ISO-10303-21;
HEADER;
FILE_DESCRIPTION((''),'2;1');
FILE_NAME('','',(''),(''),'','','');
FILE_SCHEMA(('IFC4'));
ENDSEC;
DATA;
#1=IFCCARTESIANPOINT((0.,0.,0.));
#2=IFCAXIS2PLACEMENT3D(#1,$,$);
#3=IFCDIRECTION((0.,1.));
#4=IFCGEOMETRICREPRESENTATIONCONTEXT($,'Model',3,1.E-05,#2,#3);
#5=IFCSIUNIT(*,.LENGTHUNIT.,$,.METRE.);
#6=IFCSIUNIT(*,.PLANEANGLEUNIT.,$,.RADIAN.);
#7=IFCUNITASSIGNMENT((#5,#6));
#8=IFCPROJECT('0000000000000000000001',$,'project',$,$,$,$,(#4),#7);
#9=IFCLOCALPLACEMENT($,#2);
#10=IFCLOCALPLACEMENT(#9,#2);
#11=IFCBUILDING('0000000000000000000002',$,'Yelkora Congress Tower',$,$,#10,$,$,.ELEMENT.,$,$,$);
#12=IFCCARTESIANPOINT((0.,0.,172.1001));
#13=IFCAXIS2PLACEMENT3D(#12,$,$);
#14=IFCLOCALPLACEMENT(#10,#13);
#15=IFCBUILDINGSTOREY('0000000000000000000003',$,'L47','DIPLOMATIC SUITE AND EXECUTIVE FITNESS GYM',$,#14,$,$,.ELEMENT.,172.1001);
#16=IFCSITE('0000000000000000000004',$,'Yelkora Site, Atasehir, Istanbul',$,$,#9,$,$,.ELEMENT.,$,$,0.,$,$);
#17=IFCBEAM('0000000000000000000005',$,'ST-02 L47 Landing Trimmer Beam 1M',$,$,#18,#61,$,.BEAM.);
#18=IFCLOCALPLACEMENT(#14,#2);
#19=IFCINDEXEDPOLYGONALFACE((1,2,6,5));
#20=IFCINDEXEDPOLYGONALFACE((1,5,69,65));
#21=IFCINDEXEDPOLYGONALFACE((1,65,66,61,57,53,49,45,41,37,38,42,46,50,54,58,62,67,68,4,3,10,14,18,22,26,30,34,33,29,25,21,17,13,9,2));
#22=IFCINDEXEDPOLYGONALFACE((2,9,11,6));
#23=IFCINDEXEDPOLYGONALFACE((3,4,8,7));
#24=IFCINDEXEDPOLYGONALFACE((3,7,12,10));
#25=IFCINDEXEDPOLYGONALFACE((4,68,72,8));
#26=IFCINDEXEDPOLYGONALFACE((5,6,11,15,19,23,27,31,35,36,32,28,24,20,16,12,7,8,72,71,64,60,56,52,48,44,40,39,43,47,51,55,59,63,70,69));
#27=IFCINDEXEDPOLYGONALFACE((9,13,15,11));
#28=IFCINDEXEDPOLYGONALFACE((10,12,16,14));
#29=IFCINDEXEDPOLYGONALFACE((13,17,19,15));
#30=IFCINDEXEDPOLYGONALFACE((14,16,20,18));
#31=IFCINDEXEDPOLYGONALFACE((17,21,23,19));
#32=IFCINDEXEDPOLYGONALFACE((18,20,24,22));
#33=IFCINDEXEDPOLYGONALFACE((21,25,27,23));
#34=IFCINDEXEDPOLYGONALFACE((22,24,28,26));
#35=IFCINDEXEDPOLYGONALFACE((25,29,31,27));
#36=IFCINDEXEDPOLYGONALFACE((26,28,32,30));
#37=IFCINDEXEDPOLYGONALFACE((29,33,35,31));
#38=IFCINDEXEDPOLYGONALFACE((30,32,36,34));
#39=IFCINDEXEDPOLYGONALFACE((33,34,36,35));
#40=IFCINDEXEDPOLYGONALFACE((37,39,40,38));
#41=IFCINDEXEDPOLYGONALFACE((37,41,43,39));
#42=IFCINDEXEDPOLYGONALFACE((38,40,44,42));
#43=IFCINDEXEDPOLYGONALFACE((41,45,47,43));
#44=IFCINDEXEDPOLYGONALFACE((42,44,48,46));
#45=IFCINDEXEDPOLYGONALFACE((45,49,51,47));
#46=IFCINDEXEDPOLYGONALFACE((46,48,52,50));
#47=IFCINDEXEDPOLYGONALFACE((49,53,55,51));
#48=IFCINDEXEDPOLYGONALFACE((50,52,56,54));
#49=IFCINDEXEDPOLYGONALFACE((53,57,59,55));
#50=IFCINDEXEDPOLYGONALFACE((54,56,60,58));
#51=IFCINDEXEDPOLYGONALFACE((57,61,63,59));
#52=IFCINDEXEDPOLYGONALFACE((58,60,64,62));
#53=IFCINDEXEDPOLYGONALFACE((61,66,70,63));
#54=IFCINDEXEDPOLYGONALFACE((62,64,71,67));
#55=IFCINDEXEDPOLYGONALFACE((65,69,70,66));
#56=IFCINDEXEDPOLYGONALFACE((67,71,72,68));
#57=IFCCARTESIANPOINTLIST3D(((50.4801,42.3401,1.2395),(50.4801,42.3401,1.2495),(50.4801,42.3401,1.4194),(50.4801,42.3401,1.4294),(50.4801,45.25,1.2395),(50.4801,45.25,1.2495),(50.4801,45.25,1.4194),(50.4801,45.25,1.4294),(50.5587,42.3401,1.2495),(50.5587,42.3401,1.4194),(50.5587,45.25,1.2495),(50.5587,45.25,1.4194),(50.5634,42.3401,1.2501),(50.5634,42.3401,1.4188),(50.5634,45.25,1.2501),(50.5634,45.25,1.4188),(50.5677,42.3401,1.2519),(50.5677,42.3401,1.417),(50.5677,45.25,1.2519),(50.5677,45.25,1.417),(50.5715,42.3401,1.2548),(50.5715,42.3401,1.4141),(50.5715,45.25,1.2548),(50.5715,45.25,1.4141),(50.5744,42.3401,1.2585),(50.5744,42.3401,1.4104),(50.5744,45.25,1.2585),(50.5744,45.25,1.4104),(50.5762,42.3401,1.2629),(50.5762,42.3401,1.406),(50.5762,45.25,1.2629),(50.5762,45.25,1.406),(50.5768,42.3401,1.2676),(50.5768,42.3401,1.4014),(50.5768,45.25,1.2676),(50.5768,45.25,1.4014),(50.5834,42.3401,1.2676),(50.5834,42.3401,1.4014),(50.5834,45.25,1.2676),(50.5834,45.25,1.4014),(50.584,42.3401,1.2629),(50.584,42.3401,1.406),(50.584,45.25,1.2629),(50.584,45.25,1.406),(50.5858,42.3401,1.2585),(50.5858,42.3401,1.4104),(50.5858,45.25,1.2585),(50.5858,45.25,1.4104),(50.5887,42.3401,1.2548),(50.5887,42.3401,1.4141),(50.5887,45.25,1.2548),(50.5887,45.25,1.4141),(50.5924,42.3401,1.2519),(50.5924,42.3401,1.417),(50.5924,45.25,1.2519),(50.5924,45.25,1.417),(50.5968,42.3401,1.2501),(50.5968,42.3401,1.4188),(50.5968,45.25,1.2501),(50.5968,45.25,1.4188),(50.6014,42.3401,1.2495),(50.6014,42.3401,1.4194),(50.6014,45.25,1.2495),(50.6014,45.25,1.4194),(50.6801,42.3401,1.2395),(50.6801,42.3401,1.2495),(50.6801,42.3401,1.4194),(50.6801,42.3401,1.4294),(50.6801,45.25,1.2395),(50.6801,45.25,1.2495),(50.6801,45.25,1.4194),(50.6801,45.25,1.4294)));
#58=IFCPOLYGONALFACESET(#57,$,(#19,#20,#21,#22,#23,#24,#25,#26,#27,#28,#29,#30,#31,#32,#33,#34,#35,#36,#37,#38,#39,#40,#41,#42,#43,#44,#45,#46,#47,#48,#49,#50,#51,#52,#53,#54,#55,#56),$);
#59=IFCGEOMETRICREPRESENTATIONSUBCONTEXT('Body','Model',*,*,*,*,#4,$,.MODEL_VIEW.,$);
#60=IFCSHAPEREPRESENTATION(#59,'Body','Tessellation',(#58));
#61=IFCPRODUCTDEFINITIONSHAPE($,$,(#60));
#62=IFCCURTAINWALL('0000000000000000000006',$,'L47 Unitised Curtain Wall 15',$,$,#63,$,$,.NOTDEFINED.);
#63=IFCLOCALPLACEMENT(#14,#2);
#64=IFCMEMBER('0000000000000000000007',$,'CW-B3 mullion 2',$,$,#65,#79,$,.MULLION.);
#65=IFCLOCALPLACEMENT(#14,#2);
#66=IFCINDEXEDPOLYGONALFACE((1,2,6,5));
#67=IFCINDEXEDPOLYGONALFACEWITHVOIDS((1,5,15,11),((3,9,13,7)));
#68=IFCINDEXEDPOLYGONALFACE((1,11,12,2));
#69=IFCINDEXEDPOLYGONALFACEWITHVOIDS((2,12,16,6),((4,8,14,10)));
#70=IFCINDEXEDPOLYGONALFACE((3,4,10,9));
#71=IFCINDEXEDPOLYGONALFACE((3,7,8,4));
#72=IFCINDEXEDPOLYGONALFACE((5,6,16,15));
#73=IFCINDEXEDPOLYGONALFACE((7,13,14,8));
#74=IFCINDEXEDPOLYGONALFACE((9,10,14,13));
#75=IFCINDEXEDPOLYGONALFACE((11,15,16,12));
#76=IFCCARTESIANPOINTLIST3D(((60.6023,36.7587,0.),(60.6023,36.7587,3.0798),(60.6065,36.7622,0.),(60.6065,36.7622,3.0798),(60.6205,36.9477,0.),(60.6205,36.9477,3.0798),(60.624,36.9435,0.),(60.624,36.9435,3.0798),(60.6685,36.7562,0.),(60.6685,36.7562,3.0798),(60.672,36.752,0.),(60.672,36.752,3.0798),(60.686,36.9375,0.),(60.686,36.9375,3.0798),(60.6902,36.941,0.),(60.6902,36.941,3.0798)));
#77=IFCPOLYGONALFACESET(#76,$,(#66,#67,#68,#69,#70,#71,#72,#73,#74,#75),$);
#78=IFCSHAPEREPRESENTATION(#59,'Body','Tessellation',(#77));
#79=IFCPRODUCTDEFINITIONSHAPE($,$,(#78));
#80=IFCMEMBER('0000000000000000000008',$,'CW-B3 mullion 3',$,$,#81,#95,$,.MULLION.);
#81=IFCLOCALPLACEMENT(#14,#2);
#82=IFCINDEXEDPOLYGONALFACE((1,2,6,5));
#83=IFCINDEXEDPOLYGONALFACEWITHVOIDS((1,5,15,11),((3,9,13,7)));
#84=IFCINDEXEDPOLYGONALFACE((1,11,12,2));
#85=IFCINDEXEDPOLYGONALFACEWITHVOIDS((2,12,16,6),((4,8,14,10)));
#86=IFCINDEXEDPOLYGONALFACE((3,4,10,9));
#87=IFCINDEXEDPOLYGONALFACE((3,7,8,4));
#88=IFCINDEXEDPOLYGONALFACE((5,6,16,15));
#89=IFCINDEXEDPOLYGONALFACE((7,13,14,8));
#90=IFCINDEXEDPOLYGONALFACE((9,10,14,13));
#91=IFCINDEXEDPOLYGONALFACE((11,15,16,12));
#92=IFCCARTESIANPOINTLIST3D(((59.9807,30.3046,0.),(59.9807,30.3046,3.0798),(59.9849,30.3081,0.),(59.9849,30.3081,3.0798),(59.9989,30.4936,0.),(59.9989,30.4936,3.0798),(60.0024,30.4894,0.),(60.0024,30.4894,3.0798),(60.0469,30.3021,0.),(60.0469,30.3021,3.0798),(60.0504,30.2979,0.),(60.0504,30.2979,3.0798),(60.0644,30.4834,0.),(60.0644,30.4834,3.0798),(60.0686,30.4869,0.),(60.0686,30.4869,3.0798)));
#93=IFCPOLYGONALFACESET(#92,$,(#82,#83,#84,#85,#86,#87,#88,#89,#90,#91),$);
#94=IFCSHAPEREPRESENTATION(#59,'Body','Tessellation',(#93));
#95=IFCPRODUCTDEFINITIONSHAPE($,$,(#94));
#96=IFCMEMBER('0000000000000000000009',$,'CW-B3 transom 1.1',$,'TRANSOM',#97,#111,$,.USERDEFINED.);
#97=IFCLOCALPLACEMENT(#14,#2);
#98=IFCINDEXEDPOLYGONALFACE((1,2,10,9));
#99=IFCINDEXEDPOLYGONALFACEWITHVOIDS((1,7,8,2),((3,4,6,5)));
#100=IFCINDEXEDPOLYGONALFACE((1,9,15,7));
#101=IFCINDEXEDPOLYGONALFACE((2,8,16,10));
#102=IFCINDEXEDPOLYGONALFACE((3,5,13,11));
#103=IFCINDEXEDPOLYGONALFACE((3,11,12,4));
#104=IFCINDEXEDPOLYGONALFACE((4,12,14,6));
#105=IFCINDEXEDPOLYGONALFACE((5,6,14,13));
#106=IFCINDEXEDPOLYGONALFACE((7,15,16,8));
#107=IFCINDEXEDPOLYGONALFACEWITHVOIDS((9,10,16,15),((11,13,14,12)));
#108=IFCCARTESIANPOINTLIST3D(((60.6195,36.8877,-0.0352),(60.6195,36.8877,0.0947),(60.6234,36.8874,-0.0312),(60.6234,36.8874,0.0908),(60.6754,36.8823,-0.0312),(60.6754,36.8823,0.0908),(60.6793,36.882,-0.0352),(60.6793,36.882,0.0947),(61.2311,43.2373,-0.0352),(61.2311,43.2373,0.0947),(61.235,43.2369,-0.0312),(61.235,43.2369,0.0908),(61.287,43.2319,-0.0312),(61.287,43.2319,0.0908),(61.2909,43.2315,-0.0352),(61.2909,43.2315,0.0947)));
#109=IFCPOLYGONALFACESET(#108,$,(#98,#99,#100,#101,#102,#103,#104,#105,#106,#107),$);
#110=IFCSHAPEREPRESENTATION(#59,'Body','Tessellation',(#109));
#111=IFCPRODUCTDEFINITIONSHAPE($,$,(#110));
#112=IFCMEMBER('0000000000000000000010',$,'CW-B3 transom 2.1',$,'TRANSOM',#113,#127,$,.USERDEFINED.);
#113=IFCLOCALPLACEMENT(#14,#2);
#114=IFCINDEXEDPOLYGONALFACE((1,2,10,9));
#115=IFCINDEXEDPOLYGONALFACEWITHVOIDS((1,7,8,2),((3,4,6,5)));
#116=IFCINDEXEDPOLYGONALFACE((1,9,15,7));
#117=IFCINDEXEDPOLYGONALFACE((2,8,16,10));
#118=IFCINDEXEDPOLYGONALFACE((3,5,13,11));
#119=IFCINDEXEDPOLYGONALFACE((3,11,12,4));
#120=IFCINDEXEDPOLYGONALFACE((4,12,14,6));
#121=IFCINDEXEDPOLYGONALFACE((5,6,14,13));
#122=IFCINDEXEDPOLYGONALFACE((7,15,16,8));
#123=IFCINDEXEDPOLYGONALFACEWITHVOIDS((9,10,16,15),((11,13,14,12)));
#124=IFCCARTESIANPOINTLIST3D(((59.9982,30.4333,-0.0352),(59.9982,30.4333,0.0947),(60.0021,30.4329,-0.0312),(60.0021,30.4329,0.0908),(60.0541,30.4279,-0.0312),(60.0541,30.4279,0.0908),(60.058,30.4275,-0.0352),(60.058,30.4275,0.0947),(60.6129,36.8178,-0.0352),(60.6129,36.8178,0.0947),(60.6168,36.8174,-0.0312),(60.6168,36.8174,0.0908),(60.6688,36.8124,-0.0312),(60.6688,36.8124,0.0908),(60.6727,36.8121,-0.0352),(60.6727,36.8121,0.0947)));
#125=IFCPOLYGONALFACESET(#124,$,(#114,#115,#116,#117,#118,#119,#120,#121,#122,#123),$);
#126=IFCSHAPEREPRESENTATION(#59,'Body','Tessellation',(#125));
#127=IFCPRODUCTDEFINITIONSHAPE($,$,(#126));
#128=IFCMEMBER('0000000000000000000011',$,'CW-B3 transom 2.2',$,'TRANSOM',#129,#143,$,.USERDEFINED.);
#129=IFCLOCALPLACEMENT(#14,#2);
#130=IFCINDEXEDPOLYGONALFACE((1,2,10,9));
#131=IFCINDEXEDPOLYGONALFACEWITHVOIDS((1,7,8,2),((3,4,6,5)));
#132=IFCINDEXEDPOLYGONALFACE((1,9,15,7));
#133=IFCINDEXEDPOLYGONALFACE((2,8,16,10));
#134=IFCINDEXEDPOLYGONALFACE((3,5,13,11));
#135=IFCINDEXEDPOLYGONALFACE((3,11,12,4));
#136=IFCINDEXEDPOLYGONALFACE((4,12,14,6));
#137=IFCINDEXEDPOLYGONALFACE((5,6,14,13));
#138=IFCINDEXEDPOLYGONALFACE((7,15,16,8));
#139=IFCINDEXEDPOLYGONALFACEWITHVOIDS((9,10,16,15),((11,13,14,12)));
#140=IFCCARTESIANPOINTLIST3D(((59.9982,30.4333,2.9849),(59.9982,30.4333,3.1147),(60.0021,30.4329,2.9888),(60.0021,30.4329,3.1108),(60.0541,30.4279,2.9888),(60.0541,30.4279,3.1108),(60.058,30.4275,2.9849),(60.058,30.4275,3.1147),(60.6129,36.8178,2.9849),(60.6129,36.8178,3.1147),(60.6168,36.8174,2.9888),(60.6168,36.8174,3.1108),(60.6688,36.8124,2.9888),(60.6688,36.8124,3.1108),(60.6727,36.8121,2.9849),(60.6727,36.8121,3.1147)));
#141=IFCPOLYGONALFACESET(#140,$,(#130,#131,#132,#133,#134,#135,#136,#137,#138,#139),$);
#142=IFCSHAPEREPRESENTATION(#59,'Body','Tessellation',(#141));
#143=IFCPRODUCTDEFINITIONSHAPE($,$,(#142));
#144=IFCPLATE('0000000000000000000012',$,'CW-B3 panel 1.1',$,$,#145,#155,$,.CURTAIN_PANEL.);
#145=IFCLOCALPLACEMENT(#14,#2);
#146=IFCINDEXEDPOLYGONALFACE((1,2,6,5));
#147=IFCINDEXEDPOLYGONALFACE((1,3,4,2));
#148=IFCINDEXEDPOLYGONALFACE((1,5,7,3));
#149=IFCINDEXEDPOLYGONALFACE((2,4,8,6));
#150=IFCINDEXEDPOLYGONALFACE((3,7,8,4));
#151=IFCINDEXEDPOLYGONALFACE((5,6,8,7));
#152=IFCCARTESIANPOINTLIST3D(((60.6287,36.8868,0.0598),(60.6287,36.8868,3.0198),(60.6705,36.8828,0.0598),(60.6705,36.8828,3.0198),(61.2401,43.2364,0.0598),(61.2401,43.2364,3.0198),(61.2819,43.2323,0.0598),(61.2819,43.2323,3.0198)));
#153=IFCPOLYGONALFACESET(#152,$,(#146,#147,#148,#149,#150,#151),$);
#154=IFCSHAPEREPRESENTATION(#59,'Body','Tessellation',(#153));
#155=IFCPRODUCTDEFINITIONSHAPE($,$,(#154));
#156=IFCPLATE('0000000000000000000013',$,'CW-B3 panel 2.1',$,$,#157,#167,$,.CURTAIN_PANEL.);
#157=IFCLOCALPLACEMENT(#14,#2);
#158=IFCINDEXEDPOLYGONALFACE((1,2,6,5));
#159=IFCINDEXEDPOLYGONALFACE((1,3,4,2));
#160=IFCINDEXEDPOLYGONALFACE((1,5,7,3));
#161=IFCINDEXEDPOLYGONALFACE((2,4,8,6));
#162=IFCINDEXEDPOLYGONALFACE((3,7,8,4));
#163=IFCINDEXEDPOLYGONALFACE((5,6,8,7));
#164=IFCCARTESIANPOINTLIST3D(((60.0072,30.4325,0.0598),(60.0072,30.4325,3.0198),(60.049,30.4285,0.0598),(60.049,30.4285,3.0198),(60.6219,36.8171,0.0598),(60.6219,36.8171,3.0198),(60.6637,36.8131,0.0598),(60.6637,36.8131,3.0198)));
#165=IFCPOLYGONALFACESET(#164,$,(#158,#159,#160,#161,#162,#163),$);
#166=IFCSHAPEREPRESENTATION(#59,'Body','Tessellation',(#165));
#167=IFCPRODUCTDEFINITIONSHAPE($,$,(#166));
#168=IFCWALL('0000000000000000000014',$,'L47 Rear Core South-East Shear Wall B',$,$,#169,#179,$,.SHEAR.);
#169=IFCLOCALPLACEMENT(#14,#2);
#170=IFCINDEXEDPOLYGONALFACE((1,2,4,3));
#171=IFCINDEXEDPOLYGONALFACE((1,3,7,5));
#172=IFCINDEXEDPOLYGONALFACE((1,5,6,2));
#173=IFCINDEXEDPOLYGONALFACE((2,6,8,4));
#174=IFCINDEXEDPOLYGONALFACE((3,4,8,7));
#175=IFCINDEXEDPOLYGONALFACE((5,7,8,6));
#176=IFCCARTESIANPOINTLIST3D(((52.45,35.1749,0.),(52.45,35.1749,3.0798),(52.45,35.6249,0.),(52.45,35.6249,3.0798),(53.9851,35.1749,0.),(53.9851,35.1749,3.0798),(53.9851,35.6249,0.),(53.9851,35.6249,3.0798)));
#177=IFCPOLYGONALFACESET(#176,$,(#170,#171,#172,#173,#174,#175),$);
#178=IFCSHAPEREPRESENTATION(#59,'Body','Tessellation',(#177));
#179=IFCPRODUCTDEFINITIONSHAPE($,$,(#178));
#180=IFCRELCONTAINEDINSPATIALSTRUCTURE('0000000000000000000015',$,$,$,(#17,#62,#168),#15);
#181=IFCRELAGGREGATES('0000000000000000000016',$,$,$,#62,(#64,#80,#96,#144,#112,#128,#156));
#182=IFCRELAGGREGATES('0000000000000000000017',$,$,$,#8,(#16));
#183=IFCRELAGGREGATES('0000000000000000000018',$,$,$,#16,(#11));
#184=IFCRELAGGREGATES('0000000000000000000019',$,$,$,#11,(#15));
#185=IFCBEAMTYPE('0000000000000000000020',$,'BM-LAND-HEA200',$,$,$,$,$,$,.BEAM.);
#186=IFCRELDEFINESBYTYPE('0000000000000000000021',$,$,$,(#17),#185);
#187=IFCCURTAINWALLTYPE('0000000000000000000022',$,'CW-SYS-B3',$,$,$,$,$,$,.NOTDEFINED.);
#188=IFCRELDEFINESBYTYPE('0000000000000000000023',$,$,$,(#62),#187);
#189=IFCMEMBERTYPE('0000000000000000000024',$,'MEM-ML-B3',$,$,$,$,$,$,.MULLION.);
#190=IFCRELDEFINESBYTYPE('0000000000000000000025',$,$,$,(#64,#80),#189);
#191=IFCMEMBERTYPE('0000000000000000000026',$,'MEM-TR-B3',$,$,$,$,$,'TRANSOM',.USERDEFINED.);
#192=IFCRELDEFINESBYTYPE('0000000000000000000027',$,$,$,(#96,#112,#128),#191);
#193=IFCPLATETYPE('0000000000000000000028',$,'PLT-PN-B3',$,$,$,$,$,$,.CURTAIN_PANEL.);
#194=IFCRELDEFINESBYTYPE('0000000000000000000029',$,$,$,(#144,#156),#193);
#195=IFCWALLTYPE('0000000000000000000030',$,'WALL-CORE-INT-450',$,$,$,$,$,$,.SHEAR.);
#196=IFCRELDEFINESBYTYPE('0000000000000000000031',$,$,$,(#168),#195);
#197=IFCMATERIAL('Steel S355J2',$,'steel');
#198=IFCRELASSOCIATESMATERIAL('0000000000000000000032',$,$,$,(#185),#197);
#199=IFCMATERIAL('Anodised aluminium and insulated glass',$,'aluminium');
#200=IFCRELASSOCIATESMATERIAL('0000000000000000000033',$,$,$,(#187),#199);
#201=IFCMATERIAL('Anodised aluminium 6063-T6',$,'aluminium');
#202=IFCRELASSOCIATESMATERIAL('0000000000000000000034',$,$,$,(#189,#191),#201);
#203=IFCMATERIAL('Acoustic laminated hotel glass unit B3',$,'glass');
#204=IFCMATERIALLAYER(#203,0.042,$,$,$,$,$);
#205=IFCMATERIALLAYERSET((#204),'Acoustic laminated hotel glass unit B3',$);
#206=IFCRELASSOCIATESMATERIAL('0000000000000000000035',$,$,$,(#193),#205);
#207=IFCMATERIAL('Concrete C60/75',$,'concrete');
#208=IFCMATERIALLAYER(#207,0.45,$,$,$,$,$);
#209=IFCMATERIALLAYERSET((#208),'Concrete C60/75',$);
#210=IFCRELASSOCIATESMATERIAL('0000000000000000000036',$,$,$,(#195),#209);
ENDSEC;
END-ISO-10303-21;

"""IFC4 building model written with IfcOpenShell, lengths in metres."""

from ifc_helpers import new_model, si_unit, direction, frame, frame_2d, origin, origin_2d, place, context, subcontext, project, spatial, rectangle, hollow_rectangle, i_section, extrude, material, layer, layer_set, material_profile, profile_set, type_object, element, aggregate, save


model = new_model("IFC4")

# Units and contexts
model_context = context("Model", 3, precision=1e-05, world=origin(), true_north=direction((0.0, 1.0)))
body_context = subcontext(model_context, "Body", "Model", "MODEL_VIEW")
ifc_project = project(units=[si_unit("LENGTHUNIT", "METRE"), si_unit("PLANEANGLEUNIT", "RADIAN")], contexts=[model_context])

# Site, building, storey
site_placement = place(None, origin())
site = spatial("IfcSite", under=ifc_project, at=site_placement, Name="Yelkora Site, Atasehir, Istanbul", CompositionType="ELEMENT", RefElevation=0.0)
building_placement = place(site_placement, origin())
building = spatial("IfcBuilding", under=site, at=building_placement, Name="Yelkora Congress Tower", CompositionType="ELEMENT")
storey_placement = place(building_placement, frame((0.0, 0.0, 172.1001)))
storey = spatial("IfcBuildingStorey", under=building, at=storey_placement, Name="L47", Description="DIPLOMATIC SUITE AND EXECUTIVE FITNESS GYM", CompositionType="ELEMENT", Elevation=172.1001)

# Beam
ifc_material_1 = material(Name="Steel S355J2", Category="steel")
ifc_material_profile_1 = material_profile(ifc_material_1, i_section(OverallWidth=0.2, OverallDepth=0.1899, WebThickness=0.0066, FlangeThickness=0.01, FilletRadius=0.0181, at=origin_2d()), Name="HEA 200")
ifc_profile_set_1 = profile_set([ifc_material_profile_1], Name="Steel S355J2")
beam_type_1 = type_object("IfcBeamType", Name="BM-LAND-HEA200", PredefinedType="BEAM", material=ifc_profile_set_1)
beam_1_placement = place(storey_placement, frame((50.5801, 42.3401, 1.3345), z_axis=(0.0, 1.0, 0.0), x_axis=(-1.0, 0.0, 0.0)))
element("IfcBeam", 1, at=beam_1_placement, inside=storey, type_object=beam_type_1, Name="ST-02 L47 Landing Trimmer Beam 1M", PredefinedType="BEAM", context=body_context, shape_type="SweptSolid", body=[
    extrude(i_section(OverallWidth=0.2, OverallDepth=0.1899, WebThickness=0.0066, FlangeThickness=0.01, FilletRadius=0.0181, at=origin_2d()), origin(), (0.0, 0.0, 1.0), 2.9099),
])

# Curtain wall, members, plates
ifc_material_2 = material(Name="Anodised aluminium and insulated glass", Category="aluminium")
curtain_wall_type = type_object("IfcCurtainWallType", Name="CW-SYS-B3", PredefinedType="NOTDEFINED", material=ifc_material_2)
curtain_wall_placement = place(storey_placement, origin())
curtain_wall = element("IfcCurtainWall", 2, at=curtain_wall_placement, inside=storey, type_object=curtain_wall_type, Name="L47 Unitised Curtain Wall 15", PredefinedType="NOTDEFINED")
ifc_material_3 = material(Name="Anodised aluminium 6063-T6", Category="aluminium")
ifc_material_profile_2 = material_profile(ifc_material_3, hollow_rectangle(XDim=0.0701, YDim=0.1899, WallThickness=0.0039, at=origin_2d()), Name="ALU 70x190x4")
ifc_profile_set_2 = profile_set([ifc_material_profile_2], Name="Anodised aluminium 6063-T6")
member_type_1 = type_object("IfcMemberType", Name="MEM-ML-B3", PredefinedType="MULLION", material=ifc_profile_set_2)
member_1_placement = place(storey_placement, frame((60.6462, 36.8499, 0.0), z_axis=(0.0, 0.0, 1.0), x_axis=(0.995397, -0.095842, 0.0)))
member_1 = element("IfcMember", 3, at=member_1_placement, type_object=member_type_1, Name="CW-B3 mullion 2", PredefinedType="MULLION", context=body_context, shape_type="SweptSolid", body=[
    extrude(hollow_rectangle(XDim=0.0701, YDim=0.1899, WallThickness=0.0039, at=origin_2d()), origin(), (0.0, 0.0, 1.0), 3.0798),
])
member_2_placement = place(storey_placement, frame((60.0247, 30.3958, 0.0), z_axis=(0.0, 0.0, 1.0), x_axis=(0.995397, -0.095842, 0.0)))
member_2 = element("IfcMember", 4, at=member_2_placement, type_object=member_type_1, Name="CW-B3 mullion 3", PredefinedType="MULLION", context=body_context, shape_type="SweptSolid", body=[
    extrude(hollow_rectangle(XDim=0.0701, YDim=0.1899, WallThickness=0.0039, at=origin_2d()), origin(), (0.0, 0.0, 1.0), 3.0798),
])
ifc_material_profile_3 = material_profile(ifc_material_3, hollow_rectangle(XDim=0.0601, YDim=0.1299, WallThickness=0.0039, at=origin_2d()), Name="ALU 60x130x4")
ifc_profile_set_3 = profile_set([ifc_material_profile_3], Name="Anodised aluminium 6063-T6")
member_type_2 = type_object("IfcMemberType", Name="MEM-TR-B3", ElementType="TRANSOM", PredefinedType="USERDEFINED", material=ifc_profile_set_3)
member_3_placement = place(storey_placement, frame((61.261, 43.2344, 0.0298), z_axis=(-0.095873, -0.995394, 0.0), x_axis=(0.995394, -0.095873, 0.0)))
member_3 = element("IfcMember", 5, at=member_3_placement, type_object=member_type_2, Name="CW-B3 transom 1.1", ObjectType="TRANSOM", PredefinedType="USERDEFINED", context=body_context, shape_type="SweptSolid", body=[
    extrude(hollow_rectangle(XDim=0.0601, YDim=0.1299, WallThickness=0.0039, at=origin_2d()), origin(), (0.0, 0.0, 1.0), 6.3789),
])
member_4_placement = place(storey_placement, frame((60.6428, 36.8149, 0.0298), z_axis=(-0.095844, -0.995396, 0.0), x_axis=(0.995396, -0.095844, 0.0)))
member_4 = element("IfcMember", 6, at=member_4_placement, type_object=member_type_2, Name="CW-B3 transom 2.1", ObjectType="TRANSOM", PredefinedType="USERDEFINED", context=body_context, shape_type="SweptSolid", body=[
    extrude(hollow_rectangle(XDim=0.0601, YDim=0.1299, WallThickness=0.0039, at=origin_2d()), origin(), (0.0, 0.0, 1.0), 6.4141),
])
member_5_placement = place(storey_placement, frame((60.6428, 36.8149, 3.0498), z_axis=(-0.095844, -0.995396, 0.0), x_axis=(0.995396, -0.095844, 0.0)))
member_5 = element("IfcMember", 7, at=member_5_placement, type_object=member_type_2, Name="CW-B3 transom 2.2", ObjectType="TRANSOM", PredefinedType="USERDEFINED", context=body_context, shape_type="SweptSolid", body=[
    extrude(hollow_rectangle(XDim=0.0601, YDim=0.1299, WallThickness=0.0039, at=origin_2d()), origin(), (0.0, 0.0, 1.0), 6.4141),
])
ifc_material_4 = material(Name="Acoustic laminated hotel glass unit B3", Category="glass")
ifc_layer_1 = layer(ifc_material_4, 0.042)
ifc_layer_set_1 = layer_set([ifc_layer_1], Name="Acoustic laminated hotel glass unit B3")
plate_type = type_object("IfcPlateType", Name="PLT-PN-B3", PredefinedType="CURTAIN_PANEL", material=ifc_layer_set_1)
plate_1_placement = place(storey_placement, frame((60.9553, 40.0596, 0.0598), z_axis=(0.0, 0.0, 1.0), x_axis=(-0.095842, -0.995397, 0.0)))
plate_1 = element("IfcPlate", 8, at=plate_1_placement, type_object=plate_type, Name="CW-B3 panel 1.1", PredefinedType="CURTAIN_PANEL", context=body_context, shape_type="SweptSolid", body=[
    extrude(rectangle(XDim=6.3789, YDim=0.042, at=origin_2d()), origin(), (0.0, 0.0, 1.0), 2.96),
])
plate_2_placement = place(storey_placement, frame((60.3354, 33.6228, 0.0598), z_axis=(0.0, 0.0, 1.0), x_axis=(-0.095842, -0.995397, 0.0)))
plate_2 = element("IfcPlate", 9, at=plate_2_placement, type_object=plate_type, Name="CW-B3 panel 2.1", PredefinedType="CURTAIN_PANEL", context=body_context, shape_type="SweptSolid", body=[
    extrude(rectangle(XDim=6.4141, YDim=0.042, at=origin_2d()), origin(), (0.0, 0.0, 1.0), 2.96),
])
aggregate(curtain_wall, [member_1, member_2, member_3, plate_1, member_4, member_5, plate_2])

# Wall
ifc_material_5 = material(Name="Concrete C60/75", Category="concrete")
ifc_layer_2 = layer(ifc_material_5, 0.45)
ifc_layer_set_2 = layer_set([ifc_layer_2], Name="Concrete C60/75")
wall_type_1 = type_object("IfcWallType", Name="WALL-CORE-INT-450", PredefinedType="SHEAR", material=ifc_layer_set_2)
wall_1_placement = place(storey_placement, frame((52.45, 35.3999, 0.0), z_axis=(0.0, 0.0, 1.0), x_axis=(1.0, 0.0, 0.0)))
element("IfcWall", 10, at=wall_1_placement, inside=storey, type_object=wall_type_1, Name="L47 Rear Core South-East Shear Wall B", PredefinedType="SHEAR", context=body_context, shape_type="SweptSolid", body=[
    extrude(rectangle(XDim=1.5352, YDim=0.45, at=frame_2d((0.7676, 0.0))), origin(), (0.0, 0.0, 1.0), 3.0798),
])

save(model, "model.ifc")
